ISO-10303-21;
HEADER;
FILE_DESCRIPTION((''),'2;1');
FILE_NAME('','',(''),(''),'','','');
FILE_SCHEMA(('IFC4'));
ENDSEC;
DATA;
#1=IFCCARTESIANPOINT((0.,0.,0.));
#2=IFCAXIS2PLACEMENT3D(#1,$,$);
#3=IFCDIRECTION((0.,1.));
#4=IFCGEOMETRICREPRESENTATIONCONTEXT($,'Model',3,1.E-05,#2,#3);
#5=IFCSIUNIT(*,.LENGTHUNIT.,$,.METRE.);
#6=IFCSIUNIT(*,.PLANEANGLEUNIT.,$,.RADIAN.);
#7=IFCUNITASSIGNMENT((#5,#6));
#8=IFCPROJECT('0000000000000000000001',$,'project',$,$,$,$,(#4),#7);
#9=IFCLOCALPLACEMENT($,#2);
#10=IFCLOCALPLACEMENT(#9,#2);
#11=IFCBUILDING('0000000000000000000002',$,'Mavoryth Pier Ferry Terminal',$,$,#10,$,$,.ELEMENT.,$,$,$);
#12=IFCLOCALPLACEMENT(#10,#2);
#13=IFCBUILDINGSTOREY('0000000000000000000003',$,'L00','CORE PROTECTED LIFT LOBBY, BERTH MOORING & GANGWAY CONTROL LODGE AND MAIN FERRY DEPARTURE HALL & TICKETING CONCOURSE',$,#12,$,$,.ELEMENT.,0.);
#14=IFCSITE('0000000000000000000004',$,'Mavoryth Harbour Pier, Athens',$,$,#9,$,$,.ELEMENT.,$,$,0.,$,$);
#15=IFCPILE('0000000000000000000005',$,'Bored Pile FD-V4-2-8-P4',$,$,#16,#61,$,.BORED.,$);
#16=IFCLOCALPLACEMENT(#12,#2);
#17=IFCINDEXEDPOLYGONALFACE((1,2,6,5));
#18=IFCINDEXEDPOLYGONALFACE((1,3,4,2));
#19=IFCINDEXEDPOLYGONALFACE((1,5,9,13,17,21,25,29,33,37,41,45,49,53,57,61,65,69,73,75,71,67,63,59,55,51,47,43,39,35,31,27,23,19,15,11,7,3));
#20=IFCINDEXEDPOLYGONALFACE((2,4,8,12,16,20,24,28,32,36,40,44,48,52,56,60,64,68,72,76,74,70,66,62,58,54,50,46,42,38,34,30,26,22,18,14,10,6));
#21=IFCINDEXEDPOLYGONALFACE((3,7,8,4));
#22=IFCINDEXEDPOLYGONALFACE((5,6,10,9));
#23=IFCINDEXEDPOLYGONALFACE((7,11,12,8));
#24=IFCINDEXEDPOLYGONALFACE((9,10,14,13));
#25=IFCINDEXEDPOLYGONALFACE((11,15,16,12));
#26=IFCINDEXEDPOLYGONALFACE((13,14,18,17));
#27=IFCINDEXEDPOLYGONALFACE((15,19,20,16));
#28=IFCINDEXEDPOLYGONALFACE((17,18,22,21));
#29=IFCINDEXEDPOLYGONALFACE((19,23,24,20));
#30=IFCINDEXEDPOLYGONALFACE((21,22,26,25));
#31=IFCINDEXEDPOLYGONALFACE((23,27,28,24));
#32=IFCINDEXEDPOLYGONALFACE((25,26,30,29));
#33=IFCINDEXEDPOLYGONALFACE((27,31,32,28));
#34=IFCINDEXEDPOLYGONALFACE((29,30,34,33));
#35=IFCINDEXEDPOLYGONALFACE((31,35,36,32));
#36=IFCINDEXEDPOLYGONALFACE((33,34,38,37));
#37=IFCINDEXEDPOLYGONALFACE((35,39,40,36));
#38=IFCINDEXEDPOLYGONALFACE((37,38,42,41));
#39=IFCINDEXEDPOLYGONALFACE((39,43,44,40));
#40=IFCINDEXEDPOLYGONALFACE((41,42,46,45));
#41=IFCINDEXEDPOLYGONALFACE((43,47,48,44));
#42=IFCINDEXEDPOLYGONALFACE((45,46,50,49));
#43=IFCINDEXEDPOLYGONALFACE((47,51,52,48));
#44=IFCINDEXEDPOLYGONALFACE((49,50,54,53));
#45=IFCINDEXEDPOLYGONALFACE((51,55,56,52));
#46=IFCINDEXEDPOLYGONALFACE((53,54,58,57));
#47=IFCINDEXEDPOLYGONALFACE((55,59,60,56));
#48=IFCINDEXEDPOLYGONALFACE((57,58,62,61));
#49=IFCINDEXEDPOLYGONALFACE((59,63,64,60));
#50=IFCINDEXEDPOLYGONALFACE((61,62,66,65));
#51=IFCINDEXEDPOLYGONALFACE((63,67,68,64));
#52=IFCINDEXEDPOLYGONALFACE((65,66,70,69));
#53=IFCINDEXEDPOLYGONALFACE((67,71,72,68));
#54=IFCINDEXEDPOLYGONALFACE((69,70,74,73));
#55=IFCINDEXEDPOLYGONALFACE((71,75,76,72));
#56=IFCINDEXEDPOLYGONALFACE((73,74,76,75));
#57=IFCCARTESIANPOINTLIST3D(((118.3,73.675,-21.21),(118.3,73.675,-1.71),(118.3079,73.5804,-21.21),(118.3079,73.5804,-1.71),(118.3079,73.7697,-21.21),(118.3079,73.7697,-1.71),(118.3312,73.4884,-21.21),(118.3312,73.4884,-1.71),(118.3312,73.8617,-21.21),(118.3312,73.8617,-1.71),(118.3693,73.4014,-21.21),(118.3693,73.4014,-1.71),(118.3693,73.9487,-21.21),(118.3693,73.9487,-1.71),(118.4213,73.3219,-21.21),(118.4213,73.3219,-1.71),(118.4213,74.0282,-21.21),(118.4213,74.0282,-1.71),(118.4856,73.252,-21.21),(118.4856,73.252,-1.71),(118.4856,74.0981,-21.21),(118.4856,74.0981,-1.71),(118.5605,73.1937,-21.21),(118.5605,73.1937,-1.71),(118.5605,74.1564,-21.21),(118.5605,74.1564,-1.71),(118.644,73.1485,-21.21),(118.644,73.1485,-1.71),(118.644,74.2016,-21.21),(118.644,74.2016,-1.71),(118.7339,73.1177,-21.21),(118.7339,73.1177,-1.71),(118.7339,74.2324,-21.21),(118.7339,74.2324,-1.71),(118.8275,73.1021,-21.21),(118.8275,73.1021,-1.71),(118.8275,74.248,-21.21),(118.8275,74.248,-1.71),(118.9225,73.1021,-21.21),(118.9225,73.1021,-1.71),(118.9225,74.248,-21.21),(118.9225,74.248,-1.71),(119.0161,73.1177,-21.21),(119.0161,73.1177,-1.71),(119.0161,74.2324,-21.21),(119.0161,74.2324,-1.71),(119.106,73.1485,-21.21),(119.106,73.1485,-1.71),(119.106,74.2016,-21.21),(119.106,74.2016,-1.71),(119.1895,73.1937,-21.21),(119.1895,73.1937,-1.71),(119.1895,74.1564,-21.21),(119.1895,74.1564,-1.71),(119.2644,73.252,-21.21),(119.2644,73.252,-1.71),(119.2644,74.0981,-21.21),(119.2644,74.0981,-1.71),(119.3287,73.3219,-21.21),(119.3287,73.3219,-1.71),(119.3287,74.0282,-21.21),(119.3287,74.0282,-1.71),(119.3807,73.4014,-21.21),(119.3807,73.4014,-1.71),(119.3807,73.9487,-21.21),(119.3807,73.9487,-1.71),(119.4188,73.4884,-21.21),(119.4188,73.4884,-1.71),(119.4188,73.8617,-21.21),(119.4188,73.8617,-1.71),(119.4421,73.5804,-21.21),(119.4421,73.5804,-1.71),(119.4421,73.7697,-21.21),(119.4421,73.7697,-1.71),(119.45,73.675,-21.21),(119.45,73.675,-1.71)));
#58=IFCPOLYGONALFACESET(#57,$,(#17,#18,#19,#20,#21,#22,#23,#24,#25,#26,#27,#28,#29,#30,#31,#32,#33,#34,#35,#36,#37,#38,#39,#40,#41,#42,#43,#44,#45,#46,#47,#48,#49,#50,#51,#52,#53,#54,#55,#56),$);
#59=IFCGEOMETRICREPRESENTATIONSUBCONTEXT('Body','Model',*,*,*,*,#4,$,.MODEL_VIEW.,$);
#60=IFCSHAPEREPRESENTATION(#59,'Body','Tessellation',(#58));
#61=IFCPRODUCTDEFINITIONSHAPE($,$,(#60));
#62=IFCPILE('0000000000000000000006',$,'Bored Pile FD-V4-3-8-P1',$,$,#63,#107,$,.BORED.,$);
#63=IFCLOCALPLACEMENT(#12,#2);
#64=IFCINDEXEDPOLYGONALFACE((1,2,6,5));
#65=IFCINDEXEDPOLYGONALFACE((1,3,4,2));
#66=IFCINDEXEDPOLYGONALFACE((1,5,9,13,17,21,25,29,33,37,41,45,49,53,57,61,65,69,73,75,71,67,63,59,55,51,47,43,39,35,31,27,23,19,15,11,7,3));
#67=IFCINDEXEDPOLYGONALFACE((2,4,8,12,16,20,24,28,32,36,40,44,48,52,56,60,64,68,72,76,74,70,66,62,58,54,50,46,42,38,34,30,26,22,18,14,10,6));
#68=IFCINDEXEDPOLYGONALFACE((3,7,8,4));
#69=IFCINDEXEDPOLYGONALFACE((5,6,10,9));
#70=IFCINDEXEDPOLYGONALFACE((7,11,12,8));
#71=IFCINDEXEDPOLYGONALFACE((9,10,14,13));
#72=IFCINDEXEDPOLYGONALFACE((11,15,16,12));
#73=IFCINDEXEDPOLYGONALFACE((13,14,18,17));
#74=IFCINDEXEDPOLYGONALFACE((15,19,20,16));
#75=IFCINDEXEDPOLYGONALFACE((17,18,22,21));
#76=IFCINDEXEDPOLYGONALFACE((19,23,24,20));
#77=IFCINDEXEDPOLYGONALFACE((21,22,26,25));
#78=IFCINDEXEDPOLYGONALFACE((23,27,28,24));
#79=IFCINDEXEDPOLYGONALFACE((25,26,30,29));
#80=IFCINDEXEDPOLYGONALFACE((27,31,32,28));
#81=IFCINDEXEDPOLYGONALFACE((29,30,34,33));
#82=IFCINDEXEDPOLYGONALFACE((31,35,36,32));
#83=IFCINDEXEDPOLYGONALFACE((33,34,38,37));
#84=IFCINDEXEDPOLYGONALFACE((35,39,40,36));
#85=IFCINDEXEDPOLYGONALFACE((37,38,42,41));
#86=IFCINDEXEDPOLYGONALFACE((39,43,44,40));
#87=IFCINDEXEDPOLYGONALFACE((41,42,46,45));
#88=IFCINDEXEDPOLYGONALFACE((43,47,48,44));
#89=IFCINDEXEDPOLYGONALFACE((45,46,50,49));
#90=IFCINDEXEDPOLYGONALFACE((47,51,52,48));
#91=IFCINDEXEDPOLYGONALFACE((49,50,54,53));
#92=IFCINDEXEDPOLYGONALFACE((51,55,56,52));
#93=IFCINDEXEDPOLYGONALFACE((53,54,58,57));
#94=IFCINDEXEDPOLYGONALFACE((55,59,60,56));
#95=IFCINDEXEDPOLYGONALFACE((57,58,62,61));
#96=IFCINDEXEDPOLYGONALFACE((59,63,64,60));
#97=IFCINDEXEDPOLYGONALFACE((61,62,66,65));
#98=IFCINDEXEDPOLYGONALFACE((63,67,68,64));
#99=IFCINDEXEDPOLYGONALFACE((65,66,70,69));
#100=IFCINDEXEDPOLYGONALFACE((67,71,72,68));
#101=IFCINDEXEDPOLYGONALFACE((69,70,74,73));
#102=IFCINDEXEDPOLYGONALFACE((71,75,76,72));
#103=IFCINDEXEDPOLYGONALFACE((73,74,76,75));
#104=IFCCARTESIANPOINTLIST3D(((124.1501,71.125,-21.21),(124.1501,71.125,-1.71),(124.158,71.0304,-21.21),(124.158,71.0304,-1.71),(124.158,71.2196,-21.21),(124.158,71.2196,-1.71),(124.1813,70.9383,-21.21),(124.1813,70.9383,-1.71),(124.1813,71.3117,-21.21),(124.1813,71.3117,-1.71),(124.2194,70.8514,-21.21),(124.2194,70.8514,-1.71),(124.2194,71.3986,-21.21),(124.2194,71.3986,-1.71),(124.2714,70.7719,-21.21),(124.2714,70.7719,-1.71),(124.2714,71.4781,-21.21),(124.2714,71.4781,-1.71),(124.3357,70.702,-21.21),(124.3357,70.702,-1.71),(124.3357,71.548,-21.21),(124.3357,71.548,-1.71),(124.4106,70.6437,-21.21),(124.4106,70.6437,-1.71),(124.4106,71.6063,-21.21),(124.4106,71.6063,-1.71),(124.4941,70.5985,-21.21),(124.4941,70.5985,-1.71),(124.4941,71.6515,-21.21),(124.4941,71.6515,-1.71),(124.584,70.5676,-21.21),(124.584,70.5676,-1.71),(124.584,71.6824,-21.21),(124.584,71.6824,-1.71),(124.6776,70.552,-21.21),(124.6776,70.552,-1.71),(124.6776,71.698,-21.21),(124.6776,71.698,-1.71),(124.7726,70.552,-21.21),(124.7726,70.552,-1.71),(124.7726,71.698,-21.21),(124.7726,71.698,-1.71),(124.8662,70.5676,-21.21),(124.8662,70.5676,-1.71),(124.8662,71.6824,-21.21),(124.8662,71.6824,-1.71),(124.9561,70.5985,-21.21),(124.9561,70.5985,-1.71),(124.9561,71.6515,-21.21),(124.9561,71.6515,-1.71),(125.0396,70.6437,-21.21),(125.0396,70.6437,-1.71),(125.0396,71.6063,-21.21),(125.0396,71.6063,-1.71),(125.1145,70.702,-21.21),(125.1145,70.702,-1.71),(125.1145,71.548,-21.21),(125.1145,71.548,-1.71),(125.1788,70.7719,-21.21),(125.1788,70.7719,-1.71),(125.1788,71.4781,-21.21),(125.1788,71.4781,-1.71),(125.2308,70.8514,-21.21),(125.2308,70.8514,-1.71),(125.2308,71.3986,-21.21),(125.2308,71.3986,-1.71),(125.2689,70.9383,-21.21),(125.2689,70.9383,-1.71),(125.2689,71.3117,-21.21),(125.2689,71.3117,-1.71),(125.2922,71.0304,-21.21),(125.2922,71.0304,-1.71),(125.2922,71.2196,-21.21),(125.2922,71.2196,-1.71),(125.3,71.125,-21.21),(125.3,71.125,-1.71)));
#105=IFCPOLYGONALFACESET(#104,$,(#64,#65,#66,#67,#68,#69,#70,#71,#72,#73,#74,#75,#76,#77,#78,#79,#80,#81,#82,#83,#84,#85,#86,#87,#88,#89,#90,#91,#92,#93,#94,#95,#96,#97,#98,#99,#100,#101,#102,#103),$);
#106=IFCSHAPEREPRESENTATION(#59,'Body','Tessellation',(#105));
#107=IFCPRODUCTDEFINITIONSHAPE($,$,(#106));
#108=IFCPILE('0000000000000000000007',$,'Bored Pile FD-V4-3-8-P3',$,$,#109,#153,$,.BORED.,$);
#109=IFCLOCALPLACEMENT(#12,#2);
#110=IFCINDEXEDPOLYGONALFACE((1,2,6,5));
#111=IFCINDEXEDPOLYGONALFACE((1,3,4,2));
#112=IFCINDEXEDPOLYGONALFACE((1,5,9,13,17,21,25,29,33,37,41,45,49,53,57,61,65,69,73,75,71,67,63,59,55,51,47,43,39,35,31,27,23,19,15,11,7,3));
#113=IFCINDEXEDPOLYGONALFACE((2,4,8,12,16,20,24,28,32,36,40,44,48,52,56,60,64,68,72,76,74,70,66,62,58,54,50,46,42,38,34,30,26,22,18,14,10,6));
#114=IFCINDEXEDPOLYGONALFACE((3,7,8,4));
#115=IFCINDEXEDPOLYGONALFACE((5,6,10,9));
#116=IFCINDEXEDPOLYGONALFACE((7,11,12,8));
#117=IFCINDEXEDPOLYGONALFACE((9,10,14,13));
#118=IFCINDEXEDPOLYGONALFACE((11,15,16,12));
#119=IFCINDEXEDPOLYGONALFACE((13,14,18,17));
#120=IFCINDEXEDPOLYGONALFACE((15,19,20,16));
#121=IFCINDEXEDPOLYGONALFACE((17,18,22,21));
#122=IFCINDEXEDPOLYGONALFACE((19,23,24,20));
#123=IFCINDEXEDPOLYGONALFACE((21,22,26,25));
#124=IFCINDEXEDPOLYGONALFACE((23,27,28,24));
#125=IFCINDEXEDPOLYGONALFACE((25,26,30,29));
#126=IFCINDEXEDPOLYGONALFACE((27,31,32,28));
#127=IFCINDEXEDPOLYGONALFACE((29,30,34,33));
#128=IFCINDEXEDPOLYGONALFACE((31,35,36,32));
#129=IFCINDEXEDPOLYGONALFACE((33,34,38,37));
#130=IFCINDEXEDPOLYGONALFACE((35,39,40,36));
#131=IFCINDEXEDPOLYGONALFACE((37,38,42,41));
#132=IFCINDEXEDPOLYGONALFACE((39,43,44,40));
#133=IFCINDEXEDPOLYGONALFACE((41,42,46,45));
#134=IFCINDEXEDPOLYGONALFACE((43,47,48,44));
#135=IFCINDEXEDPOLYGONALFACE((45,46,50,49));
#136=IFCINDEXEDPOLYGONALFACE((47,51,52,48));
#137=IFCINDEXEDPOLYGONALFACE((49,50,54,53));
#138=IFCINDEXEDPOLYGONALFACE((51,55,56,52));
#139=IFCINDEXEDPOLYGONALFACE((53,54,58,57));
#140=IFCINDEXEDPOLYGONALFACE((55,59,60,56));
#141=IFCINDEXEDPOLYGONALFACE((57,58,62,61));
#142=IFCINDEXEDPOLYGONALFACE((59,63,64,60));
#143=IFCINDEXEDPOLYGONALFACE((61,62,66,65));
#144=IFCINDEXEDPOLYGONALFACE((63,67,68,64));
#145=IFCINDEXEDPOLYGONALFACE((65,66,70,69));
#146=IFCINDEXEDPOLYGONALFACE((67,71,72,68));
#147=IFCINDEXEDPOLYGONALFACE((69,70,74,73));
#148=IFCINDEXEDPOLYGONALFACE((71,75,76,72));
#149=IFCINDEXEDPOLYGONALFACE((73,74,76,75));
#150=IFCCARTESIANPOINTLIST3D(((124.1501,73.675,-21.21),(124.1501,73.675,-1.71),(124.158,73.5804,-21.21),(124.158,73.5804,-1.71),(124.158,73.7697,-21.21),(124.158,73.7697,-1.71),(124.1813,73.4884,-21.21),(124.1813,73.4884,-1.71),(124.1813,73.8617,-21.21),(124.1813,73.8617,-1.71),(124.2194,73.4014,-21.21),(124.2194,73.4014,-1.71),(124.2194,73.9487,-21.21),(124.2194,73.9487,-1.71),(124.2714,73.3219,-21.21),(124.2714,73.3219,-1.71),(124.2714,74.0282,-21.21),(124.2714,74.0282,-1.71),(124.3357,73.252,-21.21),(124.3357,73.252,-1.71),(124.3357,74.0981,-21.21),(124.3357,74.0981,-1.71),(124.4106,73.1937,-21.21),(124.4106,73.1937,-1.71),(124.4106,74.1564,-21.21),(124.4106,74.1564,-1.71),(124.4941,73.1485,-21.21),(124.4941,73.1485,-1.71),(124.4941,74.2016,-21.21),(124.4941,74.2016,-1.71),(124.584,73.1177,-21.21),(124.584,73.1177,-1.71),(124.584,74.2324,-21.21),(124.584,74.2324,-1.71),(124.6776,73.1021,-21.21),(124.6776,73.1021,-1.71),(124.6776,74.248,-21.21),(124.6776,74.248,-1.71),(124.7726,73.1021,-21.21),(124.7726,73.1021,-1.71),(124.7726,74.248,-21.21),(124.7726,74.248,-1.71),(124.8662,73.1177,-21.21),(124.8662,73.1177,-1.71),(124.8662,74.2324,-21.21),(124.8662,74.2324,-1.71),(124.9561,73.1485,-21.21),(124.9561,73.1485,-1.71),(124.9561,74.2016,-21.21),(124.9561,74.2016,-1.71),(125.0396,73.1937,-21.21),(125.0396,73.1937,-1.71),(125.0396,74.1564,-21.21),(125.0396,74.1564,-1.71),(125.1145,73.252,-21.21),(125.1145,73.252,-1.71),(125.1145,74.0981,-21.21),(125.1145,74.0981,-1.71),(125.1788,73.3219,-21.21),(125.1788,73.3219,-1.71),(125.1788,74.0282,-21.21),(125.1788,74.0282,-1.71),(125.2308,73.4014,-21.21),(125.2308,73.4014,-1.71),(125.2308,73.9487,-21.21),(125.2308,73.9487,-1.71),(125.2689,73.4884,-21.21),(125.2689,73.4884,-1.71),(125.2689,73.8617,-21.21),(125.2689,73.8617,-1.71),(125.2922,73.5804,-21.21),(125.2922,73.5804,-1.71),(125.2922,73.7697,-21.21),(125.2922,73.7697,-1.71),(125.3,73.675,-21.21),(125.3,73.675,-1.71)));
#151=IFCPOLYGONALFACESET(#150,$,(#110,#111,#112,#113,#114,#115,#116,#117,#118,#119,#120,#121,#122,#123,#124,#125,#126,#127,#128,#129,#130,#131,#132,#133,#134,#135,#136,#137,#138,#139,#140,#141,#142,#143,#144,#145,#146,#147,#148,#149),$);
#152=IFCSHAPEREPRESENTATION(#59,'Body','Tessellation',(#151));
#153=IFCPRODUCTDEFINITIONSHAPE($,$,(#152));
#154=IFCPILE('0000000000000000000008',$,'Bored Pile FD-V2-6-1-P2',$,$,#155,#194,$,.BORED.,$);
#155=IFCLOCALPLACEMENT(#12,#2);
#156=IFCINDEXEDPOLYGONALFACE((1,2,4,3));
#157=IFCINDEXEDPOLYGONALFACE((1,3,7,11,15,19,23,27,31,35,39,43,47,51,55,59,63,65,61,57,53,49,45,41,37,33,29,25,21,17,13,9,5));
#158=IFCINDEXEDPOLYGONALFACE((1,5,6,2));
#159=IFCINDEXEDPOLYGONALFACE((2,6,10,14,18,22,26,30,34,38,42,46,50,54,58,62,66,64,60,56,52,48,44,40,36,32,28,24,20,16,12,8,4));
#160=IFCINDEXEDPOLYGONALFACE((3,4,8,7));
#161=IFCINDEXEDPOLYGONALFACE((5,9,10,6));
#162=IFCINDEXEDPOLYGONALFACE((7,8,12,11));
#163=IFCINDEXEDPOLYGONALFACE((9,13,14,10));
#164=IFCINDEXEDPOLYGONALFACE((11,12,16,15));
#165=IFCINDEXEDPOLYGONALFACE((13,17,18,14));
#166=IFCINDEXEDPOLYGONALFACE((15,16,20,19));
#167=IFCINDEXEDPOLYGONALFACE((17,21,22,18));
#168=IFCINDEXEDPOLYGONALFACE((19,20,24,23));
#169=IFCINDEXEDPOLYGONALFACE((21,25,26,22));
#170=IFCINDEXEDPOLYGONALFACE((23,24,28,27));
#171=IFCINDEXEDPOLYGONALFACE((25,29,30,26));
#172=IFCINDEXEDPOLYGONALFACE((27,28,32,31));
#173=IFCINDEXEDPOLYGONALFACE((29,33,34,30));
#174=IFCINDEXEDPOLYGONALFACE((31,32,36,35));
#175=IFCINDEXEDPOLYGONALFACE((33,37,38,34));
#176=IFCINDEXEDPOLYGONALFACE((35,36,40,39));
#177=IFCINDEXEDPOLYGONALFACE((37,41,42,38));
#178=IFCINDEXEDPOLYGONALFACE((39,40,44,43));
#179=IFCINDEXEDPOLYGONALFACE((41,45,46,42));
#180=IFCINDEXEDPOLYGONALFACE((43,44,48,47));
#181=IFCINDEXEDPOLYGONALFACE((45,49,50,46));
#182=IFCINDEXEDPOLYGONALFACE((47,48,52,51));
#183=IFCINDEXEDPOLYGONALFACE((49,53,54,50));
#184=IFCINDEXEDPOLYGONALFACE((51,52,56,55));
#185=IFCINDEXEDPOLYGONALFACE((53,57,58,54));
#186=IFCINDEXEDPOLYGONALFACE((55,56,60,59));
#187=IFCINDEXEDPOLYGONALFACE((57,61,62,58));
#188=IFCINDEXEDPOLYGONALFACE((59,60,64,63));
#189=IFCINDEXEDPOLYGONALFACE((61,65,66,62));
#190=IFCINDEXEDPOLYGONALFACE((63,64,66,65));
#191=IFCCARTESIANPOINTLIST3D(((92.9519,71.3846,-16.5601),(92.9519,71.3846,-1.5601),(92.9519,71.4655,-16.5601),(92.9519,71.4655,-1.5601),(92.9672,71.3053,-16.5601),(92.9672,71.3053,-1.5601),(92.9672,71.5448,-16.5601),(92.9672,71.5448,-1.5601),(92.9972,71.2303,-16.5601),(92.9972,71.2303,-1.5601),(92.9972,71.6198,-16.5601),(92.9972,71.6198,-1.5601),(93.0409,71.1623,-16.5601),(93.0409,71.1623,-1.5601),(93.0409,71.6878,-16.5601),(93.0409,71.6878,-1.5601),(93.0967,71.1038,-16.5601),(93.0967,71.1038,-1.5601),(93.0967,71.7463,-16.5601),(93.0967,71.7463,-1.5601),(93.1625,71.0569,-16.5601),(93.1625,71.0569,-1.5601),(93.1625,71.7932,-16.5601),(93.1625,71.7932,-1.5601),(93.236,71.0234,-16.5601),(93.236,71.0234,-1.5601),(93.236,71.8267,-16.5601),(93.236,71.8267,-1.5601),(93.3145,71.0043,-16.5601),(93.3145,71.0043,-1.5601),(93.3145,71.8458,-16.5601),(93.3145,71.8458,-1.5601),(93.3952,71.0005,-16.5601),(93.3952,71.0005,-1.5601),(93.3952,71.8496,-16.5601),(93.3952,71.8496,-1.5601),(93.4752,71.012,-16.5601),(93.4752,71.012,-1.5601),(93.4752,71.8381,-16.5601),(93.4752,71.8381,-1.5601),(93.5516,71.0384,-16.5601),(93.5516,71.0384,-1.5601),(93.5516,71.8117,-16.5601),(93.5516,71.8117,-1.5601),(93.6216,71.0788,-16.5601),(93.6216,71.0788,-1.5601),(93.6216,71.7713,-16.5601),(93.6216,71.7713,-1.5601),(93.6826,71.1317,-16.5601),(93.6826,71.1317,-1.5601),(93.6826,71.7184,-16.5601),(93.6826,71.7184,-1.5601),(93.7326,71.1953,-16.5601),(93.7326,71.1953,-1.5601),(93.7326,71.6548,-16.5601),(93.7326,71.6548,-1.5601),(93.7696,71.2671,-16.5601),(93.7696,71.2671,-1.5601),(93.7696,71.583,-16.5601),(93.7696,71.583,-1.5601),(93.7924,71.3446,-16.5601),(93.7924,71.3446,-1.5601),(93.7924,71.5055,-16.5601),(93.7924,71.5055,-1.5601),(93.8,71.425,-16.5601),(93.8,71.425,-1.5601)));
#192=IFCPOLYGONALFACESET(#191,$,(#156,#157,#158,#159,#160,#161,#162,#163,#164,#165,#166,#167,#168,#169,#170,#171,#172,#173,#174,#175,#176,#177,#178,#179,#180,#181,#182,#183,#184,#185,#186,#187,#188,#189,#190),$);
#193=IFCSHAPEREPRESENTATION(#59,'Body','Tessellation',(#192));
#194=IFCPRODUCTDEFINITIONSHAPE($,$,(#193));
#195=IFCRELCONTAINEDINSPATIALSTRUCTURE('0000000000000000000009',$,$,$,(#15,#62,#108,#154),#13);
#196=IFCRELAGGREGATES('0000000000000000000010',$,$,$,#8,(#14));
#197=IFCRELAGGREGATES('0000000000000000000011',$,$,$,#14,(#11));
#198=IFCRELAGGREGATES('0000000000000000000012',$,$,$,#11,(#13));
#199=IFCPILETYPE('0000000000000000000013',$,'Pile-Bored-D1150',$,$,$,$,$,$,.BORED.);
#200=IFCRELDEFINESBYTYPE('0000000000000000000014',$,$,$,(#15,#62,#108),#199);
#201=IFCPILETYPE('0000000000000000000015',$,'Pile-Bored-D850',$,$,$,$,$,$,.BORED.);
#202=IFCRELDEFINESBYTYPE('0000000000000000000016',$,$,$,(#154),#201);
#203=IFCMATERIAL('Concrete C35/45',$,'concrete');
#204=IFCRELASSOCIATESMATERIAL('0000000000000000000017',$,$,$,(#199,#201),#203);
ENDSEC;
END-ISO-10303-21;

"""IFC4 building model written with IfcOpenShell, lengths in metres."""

from ifc_helpers import new_model, si_unit, direction, frame, origin, origin_2d, place, context, subcontext, project, spatial, circle, extrude, material, material_profile, profile_set, type_object, element, save


model = new_model("IFC4")

# Units and contexts
model_context = context("Model", 3, precision=1e-05, world=origin(), true_north=direction((0.0, 1.0)))
body_context = subcontext(model_context, "Body", "Model", "MODEL_VIEW")
ifc_project = project(units=[si_unit("LENGTHUNIT", "METRE"), si_unit("PLANEANGLEUNIT", "RADIAN")], contexts=[model_context])

# Site, building, storey
site_placement = place(None, origin())
site = spatial("IfcSite", under=ifc_project, at=site_placement, Name="Mavoryth Harbour Pier, Athens", CompositionType="ELEMENT", RefElevation=0.0)
building_placement = place(site_placement, origin())
building = spatial("IfcBuilding", under=site, at=building_placement, Name="Mavoryth Pier Ferry Terminal", CompositionType="ELEMENT")
storey_placement = place(building_placement, origin())
storey = spatial("IfcBuildingStorey", under=building, at=storey_placement, Name="L00", Description="CORE PROTECTED LIFT LOBBY, BERTH MOORING & GANGWAY CONTROL LODGE AND MAIN FERRY DEPARTURE HALL & TICKETING CONCOURSE", CompositionType="ELEMENT", Elevation=0.0)

# Shared definitions
ifc_material_1 = material(Name="Concrete C35/45", Category="concrete")

# Piles
ifc_material_profile_1 = material_profile(ifc_material_1, circle(Radius=0.575, at=origin_2d()), Name="PILE D1150", Category="concrete")
ifc_profile_set_1 = profile_set([ifc_material_profile_1], Name="Concrete C35/45 - PILE D1150")
pile_type_1 = type_object("IfcPileType", Name="Pile-Bored-D1150", PredefinedType="BORED", material=ifc_profile_set_1)
for number, where, z_axis, x_axis, name in (
    (1, (118.875, 73.675, -1.71), (0.0, 0.0, -1.0), (1.0, 0.0, 0.0), "Bored Pile FD-V4-2-8-P4"),
    (2, (124.7251, 71.125, -1.71), (0.0, 0.0, -1.0), (1.0, 0.0, 0.0), "Bored Pile FD-V4-3-8-P1"),
    (3, (124.7251, 73.675, -1.71), (0.0, 0.0, -1.0), (1.0, 0.0, 0.0), "Bored Pile FD-V4-3-8-P3"),
):
    element("IfcPile", number, at=place(storey_placement, frame(where, z_axis=z_axis, x_axis=x_axis)), inside=storey, type_object=pile_type_1, Name=name, PredefinedType="BORED", context=body_context, shape_type="SweptSolid", body=[
        extrude(circle(Radius=0.575, at=origin_2d()), origin(), (0.0, 0.0, 1.0), 19.5),
    ])
ifc_material_profile_2 = material_profile(ifc_material_1, circle(Radius=0.425, at=origin_2d()), Name="PILE D850", Category="concrete")
ifc_profile_set_2 = profile_set([ifc_material_profile_2], Name="Concrete C35/45 - PILE D850")
pile_type_2 = type_object("IfcPileType", Name="Pile-Bored-D850", PredefinedType="BORED", material=ifc_profile_set_2)
for number, where, z_axis, x_axis, name in (
    (4, (93.375, 71.425, -1.5601), (0.0, 0.0, -1.0), (1.0, 0.0, 0.0), "Bored Pile FD-V2-6-1-P2"),
):
    element("IfcPile", number, at=place(storey_placement, frame(where, z_axis=z_axis, x_axis=x_axis)), inside=storey, type_object=pile_type_2, Name=name, PredefinedType="BORED", context=body_context, shape_type="SweptSolid", body=[
        extrude(circle(Radius=0.425, at=origin_2d()), origin(), (0.0, 0.0, 1.0), 15.0),
    ])

save(model, "model.ifc")
